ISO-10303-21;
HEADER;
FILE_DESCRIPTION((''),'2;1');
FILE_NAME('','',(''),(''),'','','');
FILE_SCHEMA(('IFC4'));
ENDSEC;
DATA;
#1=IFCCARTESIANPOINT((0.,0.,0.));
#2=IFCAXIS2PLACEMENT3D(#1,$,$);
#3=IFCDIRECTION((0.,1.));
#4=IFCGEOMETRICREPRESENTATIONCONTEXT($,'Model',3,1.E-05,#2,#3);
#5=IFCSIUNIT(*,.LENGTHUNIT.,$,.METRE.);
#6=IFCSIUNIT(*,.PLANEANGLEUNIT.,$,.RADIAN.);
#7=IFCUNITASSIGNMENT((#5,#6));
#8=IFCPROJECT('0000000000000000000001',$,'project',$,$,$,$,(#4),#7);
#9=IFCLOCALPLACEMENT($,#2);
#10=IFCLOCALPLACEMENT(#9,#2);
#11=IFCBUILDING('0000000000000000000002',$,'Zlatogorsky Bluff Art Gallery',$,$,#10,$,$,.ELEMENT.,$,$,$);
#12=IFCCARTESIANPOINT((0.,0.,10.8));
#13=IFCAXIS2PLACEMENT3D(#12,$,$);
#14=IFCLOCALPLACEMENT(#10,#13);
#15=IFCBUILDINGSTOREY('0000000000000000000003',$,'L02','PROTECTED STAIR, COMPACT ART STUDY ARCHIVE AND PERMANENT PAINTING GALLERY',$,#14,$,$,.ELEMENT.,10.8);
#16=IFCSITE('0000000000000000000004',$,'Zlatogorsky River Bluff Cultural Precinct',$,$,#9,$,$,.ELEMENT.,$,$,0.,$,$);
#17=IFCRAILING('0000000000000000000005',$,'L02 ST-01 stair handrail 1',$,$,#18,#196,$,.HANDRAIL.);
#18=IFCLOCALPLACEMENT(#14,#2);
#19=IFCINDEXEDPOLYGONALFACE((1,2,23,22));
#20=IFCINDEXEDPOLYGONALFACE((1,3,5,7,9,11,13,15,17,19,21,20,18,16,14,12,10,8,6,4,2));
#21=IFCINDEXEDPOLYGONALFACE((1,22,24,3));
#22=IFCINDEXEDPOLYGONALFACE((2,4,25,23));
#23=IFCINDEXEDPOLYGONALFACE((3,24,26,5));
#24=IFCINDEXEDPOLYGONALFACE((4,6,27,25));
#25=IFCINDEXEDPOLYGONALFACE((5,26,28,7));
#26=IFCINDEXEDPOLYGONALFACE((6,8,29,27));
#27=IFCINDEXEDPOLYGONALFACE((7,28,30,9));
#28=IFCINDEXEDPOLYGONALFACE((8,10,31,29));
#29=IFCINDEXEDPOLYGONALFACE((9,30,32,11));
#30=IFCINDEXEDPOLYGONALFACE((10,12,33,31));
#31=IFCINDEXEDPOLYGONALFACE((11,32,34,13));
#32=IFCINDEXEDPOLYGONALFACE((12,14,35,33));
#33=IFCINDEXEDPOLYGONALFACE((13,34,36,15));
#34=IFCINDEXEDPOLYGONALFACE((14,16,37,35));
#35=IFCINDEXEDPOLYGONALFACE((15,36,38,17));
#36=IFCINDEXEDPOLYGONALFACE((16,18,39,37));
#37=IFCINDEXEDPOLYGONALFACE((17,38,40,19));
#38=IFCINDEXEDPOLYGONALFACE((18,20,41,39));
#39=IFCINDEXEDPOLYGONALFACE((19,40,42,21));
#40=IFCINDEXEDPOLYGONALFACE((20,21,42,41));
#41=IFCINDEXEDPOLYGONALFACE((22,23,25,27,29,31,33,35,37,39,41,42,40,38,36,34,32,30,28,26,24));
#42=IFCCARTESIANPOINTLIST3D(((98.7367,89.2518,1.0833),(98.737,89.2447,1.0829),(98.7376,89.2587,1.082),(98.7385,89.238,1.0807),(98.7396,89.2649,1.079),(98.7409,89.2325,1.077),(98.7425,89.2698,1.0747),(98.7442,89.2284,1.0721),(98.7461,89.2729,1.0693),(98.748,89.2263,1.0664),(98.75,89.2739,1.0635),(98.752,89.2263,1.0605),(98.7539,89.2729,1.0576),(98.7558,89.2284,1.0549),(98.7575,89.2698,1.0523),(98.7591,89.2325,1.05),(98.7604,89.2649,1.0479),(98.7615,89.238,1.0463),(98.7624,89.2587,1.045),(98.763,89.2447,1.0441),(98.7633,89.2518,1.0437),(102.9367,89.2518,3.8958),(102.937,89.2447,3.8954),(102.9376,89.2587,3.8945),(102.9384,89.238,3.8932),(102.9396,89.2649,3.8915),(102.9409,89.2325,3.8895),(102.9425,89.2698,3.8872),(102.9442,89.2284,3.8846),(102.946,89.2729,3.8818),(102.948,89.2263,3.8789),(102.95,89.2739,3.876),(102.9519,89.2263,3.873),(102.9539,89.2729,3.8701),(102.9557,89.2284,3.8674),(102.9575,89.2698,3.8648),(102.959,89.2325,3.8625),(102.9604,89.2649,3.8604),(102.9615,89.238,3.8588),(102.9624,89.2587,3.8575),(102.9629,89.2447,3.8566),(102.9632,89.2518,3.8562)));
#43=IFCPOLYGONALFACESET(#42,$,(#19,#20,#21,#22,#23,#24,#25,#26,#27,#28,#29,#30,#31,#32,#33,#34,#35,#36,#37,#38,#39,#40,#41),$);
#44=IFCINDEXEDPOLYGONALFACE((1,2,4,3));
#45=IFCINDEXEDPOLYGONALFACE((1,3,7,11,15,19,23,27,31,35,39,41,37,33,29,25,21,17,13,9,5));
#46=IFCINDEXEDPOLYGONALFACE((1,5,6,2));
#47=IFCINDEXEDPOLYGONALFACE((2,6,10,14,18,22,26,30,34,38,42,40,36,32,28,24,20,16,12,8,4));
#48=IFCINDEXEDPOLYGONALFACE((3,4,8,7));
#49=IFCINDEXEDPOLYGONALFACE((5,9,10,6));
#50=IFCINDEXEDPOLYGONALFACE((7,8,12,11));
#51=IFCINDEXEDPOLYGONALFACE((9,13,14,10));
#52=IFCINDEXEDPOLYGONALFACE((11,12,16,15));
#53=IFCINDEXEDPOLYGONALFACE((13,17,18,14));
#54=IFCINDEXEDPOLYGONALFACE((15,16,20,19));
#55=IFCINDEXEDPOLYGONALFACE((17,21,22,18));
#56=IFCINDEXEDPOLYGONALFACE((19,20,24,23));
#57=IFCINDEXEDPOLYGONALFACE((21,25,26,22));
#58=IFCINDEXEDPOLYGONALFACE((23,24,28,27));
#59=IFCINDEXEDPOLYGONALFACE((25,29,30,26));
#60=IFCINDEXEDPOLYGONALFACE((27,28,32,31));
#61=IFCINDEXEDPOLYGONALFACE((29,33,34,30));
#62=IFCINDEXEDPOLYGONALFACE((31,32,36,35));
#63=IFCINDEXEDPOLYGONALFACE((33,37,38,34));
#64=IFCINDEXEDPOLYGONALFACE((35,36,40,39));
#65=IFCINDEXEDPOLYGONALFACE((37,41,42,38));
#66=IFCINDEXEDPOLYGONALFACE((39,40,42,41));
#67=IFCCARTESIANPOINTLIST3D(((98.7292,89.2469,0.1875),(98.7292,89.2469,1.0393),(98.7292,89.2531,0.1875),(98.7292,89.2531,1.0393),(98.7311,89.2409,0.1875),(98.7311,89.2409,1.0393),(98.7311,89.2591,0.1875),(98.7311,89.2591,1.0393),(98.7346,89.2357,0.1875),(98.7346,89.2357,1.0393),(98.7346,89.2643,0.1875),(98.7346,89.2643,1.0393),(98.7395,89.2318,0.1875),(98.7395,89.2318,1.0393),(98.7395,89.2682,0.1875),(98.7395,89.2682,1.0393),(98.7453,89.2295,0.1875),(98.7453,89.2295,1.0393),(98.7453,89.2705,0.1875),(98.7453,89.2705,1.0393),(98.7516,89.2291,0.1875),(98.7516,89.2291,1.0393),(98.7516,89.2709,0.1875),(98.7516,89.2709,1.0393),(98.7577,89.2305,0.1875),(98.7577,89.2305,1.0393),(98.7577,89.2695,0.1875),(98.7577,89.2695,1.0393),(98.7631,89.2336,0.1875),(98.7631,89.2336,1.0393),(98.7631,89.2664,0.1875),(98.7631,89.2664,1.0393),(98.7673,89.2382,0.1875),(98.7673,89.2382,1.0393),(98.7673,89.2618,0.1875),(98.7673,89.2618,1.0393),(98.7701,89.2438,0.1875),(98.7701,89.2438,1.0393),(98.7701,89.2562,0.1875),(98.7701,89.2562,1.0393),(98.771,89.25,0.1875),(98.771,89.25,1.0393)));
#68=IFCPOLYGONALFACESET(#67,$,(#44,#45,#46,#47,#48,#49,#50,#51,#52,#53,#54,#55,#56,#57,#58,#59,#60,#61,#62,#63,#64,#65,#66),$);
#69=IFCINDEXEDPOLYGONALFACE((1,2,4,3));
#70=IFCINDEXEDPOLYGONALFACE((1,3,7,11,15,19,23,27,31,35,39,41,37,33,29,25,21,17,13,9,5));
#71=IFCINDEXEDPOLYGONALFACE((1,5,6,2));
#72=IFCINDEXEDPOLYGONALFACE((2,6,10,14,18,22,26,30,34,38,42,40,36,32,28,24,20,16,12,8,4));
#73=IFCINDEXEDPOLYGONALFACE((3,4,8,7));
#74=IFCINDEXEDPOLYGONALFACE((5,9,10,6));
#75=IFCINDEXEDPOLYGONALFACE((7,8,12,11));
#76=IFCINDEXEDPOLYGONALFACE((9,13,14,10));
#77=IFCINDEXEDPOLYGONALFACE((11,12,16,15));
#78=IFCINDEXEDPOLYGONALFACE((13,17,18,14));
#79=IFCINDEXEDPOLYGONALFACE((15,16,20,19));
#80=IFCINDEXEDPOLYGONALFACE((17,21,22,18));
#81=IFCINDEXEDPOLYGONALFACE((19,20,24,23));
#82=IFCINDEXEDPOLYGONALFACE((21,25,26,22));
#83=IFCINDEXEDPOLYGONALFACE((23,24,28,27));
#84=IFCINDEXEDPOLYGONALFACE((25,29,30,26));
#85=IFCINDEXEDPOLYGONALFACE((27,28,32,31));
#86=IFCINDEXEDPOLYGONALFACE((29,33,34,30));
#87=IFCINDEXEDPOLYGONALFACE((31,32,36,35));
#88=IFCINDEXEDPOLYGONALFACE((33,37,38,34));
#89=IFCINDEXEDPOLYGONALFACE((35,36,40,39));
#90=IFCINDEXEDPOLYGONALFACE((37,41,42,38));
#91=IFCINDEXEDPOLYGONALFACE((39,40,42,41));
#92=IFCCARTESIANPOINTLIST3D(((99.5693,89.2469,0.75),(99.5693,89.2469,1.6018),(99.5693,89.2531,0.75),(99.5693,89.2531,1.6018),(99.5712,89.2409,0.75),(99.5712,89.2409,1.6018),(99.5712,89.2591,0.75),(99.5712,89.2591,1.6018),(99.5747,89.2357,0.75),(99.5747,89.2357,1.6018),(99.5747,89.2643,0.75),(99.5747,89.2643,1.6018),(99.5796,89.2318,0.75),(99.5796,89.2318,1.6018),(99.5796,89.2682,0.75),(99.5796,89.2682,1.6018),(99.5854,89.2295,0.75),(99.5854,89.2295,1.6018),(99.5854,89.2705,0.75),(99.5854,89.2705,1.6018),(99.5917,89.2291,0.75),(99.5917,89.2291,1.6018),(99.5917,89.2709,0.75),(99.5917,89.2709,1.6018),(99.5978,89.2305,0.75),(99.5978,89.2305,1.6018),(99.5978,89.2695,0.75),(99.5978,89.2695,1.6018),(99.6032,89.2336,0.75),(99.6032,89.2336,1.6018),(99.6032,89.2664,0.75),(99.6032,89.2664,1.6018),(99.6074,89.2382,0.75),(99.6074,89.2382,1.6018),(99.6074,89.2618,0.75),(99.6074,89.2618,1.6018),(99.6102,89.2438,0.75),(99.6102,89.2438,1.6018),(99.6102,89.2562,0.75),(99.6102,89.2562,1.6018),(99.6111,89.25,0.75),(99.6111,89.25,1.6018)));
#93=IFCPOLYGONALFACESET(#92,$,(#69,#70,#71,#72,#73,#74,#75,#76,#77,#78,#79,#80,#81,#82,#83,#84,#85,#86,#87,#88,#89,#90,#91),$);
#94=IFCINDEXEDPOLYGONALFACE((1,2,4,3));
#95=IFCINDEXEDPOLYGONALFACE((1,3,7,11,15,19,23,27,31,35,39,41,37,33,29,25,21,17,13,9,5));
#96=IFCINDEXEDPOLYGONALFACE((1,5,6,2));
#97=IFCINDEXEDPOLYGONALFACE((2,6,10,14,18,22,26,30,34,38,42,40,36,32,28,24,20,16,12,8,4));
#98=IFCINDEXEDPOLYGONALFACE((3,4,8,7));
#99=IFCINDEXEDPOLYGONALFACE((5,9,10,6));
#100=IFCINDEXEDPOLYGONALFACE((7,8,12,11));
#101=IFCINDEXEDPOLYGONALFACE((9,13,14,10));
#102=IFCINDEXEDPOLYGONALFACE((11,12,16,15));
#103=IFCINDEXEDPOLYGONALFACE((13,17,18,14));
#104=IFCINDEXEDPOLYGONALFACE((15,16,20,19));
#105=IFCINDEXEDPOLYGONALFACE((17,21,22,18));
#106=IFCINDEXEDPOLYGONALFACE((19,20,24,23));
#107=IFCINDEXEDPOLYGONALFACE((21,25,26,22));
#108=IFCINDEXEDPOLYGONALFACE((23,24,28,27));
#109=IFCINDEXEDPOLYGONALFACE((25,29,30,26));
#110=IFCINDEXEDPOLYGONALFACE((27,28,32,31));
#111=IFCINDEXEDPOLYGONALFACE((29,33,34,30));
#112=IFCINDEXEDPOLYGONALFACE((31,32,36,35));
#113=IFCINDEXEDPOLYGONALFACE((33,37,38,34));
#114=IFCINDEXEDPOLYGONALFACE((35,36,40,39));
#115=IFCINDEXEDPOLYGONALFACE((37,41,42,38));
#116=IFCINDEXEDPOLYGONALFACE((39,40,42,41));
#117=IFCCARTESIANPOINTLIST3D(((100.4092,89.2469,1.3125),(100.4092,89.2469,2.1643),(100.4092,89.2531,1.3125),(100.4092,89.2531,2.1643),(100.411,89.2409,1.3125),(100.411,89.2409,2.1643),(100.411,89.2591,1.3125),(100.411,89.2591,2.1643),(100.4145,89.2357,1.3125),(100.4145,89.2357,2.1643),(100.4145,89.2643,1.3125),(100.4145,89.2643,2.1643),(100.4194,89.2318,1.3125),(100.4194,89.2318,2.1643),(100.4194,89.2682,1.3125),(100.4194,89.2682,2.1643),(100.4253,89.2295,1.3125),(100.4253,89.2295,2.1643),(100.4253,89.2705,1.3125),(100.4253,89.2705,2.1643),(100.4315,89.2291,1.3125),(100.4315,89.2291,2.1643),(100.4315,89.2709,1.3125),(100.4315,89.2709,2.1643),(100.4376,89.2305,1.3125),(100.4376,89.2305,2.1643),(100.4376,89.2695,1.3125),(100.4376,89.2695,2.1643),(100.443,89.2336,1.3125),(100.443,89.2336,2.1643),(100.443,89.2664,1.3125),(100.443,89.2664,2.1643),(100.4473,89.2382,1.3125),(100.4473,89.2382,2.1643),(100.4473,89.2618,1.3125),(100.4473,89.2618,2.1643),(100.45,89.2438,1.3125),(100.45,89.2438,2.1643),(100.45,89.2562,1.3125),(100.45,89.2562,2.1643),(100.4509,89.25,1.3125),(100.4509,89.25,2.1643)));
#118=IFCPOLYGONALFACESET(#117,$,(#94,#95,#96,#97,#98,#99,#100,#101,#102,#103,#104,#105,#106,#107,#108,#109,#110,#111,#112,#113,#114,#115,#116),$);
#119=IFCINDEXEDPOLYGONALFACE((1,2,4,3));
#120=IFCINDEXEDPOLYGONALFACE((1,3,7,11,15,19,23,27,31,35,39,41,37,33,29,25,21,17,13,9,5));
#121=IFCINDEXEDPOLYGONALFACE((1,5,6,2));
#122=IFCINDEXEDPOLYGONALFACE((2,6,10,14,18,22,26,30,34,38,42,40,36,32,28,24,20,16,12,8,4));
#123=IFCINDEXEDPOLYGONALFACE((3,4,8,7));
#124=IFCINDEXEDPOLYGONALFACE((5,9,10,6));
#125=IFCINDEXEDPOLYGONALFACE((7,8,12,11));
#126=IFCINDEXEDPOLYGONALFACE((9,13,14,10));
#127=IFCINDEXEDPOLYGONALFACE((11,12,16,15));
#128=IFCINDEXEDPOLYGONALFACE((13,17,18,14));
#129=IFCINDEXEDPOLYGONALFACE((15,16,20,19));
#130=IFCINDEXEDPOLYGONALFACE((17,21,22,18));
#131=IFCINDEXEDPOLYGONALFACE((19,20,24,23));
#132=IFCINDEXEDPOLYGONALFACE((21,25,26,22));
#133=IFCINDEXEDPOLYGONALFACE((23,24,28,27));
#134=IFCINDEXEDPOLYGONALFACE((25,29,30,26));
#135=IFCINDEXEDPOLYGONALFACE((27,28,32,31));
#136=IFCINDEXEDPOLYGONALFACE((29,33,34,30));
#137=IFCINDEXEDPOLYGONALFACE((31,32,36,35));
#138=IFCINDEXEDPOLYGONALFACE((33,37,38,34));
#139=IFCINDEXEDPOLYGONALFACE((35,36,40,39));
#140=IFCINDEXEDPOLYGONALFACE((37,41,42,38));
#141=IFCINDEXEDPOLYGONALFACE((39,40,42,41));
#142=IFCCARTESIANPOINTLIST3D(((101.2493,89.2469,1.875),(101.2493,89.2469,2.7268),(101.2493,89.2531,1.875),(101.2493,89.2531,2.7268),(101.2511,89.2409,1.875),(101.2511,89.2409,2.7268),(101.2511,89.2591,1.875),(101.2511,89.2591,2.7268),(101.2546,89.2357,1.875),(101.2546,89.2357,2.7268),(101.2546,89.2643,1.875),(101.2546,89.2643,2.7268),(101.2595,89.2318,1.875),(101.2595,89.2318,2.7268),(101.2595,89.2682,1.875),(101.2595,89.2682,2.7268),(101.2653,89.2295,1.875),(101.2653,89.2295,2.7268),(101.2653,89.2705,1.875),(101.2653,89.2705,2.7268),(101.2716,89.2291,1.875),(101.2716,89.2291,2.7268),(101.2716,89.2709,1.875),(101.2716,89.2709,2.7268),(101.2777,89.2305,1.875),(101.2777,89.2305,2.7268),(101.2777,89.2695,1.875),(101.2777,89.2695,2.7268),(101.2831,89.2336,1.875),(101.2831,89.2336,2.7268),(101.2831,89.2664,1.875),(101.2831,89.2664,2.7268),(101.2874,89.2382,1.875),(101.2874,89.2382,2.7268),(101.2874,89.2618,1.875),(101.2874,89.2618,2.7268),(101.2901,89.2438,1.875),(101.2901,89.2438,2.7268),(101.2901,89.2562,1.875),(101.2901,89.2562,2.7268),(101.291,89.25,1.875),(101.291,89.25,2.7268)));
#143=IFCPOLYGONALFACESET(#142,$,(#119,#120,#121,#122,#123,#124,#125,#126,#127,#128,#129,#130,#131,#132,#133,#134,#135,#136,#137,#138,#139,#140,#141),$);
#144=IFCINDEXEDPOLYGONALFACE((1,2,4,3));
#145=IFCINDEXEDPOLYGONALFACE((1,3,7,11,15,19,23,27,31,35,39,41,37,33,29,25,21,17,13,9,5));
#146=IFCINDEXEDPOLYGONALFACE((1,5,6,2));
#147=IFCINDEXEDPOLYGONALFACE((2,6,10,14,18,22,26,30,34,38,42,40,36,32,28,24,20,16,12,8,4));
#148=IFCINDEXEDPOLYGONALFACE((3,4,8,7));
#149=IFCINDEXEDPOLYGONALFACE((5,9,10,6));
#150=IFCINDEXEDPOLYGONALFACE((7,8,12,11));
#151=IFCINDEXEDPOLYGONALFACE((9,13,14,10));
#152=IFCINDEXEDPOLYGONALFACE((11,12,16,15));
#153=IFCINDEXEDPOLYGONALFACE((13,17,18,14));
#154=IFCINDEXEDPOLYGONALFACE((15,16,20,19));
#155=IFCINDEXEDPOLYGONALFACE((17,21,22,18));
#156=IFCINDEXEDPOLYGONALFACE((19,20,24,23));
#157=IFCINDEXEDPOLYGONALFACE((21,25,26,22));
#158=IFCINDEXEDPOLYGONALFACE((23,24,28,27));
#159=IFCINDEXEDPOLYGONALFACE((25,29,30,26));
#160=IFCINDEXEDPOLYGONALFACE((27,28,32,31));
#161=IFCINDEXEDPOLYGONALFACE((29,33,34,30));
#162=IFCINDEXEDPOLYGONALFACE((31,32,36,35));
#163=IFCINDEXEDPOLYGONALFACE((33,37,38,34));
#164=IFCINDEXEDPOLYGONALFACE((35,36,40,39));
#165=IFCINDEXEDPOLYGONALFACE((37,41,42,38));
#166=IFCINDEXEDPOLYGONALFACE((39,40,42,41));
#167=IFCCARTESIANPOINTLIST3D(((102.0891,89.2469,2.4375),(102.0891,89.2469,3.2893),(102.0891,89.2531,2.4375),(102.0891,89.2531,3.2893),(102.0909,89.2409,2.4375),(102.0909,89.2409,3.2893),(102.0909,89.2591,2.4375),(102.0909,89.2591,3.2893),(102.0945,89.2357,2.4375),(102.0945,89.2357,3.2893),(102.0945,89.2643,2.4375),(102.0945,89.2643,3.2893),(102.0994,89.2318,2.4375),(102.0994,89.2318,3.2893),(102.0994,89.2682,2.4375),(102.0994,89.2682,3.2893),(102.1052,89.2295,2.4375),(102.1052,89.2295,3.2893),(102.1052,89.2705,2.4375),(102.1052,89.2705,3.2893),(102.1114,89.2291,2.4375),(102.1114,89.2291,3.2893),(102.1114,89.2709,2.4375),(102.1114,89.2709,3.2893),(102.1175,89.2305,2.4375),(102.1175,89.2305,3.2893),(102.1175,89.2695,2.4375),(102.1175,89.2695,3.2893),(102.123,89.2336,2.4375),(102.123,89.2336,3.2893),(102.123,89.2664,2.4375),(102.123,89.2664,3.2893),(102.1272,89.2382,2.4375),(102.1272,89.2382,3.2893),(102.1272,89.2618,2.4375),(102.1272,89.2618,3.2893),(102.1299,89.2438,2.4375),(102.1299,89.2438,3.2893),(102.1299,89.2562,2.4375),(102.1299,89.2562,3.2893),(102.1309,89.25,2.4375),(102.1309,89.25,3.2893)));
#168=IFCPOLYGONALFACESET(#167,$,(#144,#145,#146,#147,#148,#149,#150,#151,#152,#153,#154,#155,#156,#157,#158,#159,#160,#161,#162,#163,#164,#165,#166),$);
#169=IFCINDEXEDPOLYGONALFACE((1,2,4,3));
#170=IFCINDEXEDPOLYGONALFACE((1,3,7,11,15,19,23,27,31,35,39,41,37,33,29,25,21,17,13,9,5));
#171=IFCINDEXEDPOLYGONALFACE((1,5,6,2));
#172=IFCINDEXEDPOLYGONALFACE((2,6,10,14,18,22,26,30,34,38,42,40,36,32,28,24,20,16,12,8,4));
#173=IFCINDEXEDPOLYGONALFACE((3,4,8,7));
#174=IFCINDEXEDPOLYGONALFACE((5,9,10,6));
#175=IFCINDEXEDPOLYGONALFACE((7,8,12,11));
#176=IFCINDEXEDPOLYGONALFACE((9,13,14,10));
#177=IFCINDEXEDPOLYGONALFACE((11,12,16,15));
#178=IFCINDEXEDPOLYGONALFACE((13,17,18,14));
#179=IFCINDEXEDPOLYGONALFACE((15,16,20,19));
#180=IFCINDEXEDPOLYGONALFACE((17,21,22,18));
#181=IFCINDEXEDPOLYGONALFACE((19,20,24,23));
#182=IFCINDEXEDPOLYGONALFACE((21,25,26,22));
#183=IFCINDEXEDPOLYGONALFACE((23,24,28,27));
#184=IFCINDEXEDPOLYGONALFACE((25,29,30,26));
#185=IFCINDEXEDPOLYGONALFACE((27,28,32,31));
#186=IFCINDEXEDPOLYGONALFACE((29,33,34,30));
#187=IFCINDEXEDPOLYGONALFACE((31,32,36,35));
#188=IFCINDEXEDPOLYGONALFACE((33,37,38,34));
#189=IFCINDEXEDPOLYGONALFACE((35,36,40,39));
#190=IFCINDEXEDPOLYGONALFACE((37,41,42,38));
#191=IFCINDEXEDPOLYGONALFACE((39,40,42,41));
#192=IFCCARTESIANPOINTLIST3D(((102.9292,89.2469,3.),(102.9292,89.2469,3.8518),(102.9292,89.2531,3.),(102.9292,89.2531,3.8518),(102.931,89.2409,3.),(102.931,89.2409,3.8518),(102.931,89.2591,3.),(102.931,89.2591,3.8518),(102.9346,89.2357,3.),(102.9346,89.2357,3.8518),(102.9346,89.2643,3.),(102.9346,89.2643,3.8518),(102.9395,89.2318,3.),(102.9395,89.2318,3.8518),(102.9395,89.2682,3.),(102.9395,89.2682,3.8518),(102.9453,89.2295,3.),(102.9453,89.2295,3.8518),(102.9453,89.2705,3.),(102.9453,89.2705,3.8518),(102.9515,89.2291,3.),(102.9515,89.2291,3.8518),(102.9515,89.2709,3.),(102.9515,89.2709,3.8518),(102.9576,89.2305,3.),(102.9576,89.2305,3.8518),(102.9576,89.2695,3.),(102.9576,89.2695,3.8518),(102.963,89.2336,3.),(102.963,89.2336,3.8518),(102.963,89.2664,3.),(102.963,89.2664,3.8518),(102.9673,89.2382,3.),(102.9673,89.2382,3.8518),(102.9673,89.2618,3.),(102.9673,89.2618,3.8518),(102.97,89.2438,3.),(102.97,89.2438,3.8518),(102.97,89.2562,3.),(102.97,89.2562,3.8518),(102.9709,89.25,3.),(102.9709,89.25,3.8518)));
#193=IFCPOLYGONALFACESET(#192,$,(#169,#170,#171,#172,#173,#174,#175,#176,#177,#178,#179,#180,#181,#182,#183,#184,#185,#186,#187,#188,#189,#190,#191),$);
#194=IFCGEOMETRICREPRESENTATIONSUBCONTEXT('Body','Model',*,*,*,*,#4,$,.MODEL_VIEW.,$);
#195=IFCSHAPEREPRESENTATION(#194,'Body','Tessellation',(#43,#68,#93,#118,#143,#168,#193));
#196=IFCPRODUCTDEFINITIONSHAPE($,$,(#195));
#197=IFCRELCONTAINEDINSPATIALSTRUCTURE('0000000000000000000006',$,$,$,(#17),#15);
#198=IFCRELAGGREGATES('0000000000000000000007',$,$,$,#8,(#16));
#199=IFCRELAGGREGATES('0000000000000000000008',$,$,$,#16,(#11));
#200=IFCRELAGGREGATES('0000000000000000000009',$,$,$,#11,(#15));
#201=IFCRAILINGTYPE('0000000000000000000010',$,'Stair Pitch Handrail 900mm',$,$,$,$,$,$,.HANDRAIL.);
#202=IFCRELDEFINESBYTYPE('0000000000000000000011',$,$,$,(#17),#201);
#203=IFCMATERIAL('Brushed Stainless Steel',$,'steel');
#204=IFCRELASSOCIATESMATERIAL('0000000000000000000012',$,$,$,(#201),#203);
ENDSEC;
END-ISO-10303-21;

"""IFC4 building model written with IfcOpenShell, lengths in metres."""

from ifc_helpers import new_model, si_unit, direction, frame, origin, origin_2d, place, context, subcontext, project, spatial, circle, extrude, material, type_object, element, save


model = new_model("IFC4")

# Units and contexts
model_context = context("Model", 3, precision=1e-05, world=origin(), true_north=direction((0.0, 1.0)))
body_context = subcontext(model_context, "Body", "Model", "MODEL_VIEW")
ifc_project = project(units=[si_unit("LENGTHUNIT", "METRE"), si_unit("PLANEANGLEUNIT", "RADIAN")], contexts=[model_context])

# Site, building, storey
site_placement = place(None, origin())
site = spatial("IfcSite", under=ifc_project, at=site_placement, Name="Zlatogorsky River Bluff Cultural Precinct", CompositionType="ELEMENT", RefElevation=0.0)
building_placement = place(site_placement, origin())
building = spatial("IfcBuilding", under=site, at=building_placement, Name="Zlatogorsky Bluff Art Gallery", CompositionType="ELEMENT")
storey_placement = place(building_placement, frame((0.0, 0.0, 10.8)))
storey = spatial("IfcBuildingStorey", under=building, at=storey_placement, Name="L02", Description="PROTECTED STAIR, COMPACT ART STUDY ARCHIVE AND PERMANENT PAINTING GALLERY", CompositionType="ELEMENT", Elevation=10.8)

# Railing
ifc_material_1 = material(Name="Brushed Stainless Steel", Category="steel")
railing_type_1 = type_object("IfcRailingType", Name="Stair Pitch Handrail 900mm", PredefinedType="HANDRAIL", material=ifc_material_1)
railing_1_placement = place(storey_placement, frame((98.75, 89.25, 0.1875)))
element("IfcRailing", 1, at=railing_1_placement, inside=storey, type_object=railing_type_1, Name="L02 ST-01 stair handrail 1", PredefinedType="HANDRAIL", context=body_context, shape_type="SweptSolid", body=[
    extrude(circle(Radius=0.0239, at=origin_2d()), frame((0.0, 0.0, 0.876), z_axis=(0.830904, 0.0, 0.556416), x_axis=(0.0, 1.0, 0.0)), (0.0, 0.0, 1.0), 5.0547),
    extrude(circle(Radius=0.021, at=origin_2d()), origin(), (0.0, 0.0, 1.0), 0.8518),
    extrude(circle(Radius=0.021, at=origin_2d()), frame((0.8401, 0.0, 0.5625)), (0.0, 0.0, 1.0), 0.8518),
    extrude(circle(Radius=0.021, at=origin_2d()), frame((1.6799, 0.0, 1.125)), (0.0, 0.0, 1.0), 0.8518),
    extrude(circle(Radius=0.021, at=origin_2d()), frame((2.52, 0.0, 1.6875)), (0.0, 0.0, 1.0), 0.8518),
    extrude(circle(Radius=0.021, at=origin_2d()), frame((3.3599, 0.0, 2.25)), (0.0, 0.0, 1.0), 0.8518),
    extrude(circle(Radius=0.021, at=origin_2d()), frame((4.2, 0.0, 2.8125)), (0.0, 0.0, 1.0), 0.8518),
])

save(model, "model.ifc")
